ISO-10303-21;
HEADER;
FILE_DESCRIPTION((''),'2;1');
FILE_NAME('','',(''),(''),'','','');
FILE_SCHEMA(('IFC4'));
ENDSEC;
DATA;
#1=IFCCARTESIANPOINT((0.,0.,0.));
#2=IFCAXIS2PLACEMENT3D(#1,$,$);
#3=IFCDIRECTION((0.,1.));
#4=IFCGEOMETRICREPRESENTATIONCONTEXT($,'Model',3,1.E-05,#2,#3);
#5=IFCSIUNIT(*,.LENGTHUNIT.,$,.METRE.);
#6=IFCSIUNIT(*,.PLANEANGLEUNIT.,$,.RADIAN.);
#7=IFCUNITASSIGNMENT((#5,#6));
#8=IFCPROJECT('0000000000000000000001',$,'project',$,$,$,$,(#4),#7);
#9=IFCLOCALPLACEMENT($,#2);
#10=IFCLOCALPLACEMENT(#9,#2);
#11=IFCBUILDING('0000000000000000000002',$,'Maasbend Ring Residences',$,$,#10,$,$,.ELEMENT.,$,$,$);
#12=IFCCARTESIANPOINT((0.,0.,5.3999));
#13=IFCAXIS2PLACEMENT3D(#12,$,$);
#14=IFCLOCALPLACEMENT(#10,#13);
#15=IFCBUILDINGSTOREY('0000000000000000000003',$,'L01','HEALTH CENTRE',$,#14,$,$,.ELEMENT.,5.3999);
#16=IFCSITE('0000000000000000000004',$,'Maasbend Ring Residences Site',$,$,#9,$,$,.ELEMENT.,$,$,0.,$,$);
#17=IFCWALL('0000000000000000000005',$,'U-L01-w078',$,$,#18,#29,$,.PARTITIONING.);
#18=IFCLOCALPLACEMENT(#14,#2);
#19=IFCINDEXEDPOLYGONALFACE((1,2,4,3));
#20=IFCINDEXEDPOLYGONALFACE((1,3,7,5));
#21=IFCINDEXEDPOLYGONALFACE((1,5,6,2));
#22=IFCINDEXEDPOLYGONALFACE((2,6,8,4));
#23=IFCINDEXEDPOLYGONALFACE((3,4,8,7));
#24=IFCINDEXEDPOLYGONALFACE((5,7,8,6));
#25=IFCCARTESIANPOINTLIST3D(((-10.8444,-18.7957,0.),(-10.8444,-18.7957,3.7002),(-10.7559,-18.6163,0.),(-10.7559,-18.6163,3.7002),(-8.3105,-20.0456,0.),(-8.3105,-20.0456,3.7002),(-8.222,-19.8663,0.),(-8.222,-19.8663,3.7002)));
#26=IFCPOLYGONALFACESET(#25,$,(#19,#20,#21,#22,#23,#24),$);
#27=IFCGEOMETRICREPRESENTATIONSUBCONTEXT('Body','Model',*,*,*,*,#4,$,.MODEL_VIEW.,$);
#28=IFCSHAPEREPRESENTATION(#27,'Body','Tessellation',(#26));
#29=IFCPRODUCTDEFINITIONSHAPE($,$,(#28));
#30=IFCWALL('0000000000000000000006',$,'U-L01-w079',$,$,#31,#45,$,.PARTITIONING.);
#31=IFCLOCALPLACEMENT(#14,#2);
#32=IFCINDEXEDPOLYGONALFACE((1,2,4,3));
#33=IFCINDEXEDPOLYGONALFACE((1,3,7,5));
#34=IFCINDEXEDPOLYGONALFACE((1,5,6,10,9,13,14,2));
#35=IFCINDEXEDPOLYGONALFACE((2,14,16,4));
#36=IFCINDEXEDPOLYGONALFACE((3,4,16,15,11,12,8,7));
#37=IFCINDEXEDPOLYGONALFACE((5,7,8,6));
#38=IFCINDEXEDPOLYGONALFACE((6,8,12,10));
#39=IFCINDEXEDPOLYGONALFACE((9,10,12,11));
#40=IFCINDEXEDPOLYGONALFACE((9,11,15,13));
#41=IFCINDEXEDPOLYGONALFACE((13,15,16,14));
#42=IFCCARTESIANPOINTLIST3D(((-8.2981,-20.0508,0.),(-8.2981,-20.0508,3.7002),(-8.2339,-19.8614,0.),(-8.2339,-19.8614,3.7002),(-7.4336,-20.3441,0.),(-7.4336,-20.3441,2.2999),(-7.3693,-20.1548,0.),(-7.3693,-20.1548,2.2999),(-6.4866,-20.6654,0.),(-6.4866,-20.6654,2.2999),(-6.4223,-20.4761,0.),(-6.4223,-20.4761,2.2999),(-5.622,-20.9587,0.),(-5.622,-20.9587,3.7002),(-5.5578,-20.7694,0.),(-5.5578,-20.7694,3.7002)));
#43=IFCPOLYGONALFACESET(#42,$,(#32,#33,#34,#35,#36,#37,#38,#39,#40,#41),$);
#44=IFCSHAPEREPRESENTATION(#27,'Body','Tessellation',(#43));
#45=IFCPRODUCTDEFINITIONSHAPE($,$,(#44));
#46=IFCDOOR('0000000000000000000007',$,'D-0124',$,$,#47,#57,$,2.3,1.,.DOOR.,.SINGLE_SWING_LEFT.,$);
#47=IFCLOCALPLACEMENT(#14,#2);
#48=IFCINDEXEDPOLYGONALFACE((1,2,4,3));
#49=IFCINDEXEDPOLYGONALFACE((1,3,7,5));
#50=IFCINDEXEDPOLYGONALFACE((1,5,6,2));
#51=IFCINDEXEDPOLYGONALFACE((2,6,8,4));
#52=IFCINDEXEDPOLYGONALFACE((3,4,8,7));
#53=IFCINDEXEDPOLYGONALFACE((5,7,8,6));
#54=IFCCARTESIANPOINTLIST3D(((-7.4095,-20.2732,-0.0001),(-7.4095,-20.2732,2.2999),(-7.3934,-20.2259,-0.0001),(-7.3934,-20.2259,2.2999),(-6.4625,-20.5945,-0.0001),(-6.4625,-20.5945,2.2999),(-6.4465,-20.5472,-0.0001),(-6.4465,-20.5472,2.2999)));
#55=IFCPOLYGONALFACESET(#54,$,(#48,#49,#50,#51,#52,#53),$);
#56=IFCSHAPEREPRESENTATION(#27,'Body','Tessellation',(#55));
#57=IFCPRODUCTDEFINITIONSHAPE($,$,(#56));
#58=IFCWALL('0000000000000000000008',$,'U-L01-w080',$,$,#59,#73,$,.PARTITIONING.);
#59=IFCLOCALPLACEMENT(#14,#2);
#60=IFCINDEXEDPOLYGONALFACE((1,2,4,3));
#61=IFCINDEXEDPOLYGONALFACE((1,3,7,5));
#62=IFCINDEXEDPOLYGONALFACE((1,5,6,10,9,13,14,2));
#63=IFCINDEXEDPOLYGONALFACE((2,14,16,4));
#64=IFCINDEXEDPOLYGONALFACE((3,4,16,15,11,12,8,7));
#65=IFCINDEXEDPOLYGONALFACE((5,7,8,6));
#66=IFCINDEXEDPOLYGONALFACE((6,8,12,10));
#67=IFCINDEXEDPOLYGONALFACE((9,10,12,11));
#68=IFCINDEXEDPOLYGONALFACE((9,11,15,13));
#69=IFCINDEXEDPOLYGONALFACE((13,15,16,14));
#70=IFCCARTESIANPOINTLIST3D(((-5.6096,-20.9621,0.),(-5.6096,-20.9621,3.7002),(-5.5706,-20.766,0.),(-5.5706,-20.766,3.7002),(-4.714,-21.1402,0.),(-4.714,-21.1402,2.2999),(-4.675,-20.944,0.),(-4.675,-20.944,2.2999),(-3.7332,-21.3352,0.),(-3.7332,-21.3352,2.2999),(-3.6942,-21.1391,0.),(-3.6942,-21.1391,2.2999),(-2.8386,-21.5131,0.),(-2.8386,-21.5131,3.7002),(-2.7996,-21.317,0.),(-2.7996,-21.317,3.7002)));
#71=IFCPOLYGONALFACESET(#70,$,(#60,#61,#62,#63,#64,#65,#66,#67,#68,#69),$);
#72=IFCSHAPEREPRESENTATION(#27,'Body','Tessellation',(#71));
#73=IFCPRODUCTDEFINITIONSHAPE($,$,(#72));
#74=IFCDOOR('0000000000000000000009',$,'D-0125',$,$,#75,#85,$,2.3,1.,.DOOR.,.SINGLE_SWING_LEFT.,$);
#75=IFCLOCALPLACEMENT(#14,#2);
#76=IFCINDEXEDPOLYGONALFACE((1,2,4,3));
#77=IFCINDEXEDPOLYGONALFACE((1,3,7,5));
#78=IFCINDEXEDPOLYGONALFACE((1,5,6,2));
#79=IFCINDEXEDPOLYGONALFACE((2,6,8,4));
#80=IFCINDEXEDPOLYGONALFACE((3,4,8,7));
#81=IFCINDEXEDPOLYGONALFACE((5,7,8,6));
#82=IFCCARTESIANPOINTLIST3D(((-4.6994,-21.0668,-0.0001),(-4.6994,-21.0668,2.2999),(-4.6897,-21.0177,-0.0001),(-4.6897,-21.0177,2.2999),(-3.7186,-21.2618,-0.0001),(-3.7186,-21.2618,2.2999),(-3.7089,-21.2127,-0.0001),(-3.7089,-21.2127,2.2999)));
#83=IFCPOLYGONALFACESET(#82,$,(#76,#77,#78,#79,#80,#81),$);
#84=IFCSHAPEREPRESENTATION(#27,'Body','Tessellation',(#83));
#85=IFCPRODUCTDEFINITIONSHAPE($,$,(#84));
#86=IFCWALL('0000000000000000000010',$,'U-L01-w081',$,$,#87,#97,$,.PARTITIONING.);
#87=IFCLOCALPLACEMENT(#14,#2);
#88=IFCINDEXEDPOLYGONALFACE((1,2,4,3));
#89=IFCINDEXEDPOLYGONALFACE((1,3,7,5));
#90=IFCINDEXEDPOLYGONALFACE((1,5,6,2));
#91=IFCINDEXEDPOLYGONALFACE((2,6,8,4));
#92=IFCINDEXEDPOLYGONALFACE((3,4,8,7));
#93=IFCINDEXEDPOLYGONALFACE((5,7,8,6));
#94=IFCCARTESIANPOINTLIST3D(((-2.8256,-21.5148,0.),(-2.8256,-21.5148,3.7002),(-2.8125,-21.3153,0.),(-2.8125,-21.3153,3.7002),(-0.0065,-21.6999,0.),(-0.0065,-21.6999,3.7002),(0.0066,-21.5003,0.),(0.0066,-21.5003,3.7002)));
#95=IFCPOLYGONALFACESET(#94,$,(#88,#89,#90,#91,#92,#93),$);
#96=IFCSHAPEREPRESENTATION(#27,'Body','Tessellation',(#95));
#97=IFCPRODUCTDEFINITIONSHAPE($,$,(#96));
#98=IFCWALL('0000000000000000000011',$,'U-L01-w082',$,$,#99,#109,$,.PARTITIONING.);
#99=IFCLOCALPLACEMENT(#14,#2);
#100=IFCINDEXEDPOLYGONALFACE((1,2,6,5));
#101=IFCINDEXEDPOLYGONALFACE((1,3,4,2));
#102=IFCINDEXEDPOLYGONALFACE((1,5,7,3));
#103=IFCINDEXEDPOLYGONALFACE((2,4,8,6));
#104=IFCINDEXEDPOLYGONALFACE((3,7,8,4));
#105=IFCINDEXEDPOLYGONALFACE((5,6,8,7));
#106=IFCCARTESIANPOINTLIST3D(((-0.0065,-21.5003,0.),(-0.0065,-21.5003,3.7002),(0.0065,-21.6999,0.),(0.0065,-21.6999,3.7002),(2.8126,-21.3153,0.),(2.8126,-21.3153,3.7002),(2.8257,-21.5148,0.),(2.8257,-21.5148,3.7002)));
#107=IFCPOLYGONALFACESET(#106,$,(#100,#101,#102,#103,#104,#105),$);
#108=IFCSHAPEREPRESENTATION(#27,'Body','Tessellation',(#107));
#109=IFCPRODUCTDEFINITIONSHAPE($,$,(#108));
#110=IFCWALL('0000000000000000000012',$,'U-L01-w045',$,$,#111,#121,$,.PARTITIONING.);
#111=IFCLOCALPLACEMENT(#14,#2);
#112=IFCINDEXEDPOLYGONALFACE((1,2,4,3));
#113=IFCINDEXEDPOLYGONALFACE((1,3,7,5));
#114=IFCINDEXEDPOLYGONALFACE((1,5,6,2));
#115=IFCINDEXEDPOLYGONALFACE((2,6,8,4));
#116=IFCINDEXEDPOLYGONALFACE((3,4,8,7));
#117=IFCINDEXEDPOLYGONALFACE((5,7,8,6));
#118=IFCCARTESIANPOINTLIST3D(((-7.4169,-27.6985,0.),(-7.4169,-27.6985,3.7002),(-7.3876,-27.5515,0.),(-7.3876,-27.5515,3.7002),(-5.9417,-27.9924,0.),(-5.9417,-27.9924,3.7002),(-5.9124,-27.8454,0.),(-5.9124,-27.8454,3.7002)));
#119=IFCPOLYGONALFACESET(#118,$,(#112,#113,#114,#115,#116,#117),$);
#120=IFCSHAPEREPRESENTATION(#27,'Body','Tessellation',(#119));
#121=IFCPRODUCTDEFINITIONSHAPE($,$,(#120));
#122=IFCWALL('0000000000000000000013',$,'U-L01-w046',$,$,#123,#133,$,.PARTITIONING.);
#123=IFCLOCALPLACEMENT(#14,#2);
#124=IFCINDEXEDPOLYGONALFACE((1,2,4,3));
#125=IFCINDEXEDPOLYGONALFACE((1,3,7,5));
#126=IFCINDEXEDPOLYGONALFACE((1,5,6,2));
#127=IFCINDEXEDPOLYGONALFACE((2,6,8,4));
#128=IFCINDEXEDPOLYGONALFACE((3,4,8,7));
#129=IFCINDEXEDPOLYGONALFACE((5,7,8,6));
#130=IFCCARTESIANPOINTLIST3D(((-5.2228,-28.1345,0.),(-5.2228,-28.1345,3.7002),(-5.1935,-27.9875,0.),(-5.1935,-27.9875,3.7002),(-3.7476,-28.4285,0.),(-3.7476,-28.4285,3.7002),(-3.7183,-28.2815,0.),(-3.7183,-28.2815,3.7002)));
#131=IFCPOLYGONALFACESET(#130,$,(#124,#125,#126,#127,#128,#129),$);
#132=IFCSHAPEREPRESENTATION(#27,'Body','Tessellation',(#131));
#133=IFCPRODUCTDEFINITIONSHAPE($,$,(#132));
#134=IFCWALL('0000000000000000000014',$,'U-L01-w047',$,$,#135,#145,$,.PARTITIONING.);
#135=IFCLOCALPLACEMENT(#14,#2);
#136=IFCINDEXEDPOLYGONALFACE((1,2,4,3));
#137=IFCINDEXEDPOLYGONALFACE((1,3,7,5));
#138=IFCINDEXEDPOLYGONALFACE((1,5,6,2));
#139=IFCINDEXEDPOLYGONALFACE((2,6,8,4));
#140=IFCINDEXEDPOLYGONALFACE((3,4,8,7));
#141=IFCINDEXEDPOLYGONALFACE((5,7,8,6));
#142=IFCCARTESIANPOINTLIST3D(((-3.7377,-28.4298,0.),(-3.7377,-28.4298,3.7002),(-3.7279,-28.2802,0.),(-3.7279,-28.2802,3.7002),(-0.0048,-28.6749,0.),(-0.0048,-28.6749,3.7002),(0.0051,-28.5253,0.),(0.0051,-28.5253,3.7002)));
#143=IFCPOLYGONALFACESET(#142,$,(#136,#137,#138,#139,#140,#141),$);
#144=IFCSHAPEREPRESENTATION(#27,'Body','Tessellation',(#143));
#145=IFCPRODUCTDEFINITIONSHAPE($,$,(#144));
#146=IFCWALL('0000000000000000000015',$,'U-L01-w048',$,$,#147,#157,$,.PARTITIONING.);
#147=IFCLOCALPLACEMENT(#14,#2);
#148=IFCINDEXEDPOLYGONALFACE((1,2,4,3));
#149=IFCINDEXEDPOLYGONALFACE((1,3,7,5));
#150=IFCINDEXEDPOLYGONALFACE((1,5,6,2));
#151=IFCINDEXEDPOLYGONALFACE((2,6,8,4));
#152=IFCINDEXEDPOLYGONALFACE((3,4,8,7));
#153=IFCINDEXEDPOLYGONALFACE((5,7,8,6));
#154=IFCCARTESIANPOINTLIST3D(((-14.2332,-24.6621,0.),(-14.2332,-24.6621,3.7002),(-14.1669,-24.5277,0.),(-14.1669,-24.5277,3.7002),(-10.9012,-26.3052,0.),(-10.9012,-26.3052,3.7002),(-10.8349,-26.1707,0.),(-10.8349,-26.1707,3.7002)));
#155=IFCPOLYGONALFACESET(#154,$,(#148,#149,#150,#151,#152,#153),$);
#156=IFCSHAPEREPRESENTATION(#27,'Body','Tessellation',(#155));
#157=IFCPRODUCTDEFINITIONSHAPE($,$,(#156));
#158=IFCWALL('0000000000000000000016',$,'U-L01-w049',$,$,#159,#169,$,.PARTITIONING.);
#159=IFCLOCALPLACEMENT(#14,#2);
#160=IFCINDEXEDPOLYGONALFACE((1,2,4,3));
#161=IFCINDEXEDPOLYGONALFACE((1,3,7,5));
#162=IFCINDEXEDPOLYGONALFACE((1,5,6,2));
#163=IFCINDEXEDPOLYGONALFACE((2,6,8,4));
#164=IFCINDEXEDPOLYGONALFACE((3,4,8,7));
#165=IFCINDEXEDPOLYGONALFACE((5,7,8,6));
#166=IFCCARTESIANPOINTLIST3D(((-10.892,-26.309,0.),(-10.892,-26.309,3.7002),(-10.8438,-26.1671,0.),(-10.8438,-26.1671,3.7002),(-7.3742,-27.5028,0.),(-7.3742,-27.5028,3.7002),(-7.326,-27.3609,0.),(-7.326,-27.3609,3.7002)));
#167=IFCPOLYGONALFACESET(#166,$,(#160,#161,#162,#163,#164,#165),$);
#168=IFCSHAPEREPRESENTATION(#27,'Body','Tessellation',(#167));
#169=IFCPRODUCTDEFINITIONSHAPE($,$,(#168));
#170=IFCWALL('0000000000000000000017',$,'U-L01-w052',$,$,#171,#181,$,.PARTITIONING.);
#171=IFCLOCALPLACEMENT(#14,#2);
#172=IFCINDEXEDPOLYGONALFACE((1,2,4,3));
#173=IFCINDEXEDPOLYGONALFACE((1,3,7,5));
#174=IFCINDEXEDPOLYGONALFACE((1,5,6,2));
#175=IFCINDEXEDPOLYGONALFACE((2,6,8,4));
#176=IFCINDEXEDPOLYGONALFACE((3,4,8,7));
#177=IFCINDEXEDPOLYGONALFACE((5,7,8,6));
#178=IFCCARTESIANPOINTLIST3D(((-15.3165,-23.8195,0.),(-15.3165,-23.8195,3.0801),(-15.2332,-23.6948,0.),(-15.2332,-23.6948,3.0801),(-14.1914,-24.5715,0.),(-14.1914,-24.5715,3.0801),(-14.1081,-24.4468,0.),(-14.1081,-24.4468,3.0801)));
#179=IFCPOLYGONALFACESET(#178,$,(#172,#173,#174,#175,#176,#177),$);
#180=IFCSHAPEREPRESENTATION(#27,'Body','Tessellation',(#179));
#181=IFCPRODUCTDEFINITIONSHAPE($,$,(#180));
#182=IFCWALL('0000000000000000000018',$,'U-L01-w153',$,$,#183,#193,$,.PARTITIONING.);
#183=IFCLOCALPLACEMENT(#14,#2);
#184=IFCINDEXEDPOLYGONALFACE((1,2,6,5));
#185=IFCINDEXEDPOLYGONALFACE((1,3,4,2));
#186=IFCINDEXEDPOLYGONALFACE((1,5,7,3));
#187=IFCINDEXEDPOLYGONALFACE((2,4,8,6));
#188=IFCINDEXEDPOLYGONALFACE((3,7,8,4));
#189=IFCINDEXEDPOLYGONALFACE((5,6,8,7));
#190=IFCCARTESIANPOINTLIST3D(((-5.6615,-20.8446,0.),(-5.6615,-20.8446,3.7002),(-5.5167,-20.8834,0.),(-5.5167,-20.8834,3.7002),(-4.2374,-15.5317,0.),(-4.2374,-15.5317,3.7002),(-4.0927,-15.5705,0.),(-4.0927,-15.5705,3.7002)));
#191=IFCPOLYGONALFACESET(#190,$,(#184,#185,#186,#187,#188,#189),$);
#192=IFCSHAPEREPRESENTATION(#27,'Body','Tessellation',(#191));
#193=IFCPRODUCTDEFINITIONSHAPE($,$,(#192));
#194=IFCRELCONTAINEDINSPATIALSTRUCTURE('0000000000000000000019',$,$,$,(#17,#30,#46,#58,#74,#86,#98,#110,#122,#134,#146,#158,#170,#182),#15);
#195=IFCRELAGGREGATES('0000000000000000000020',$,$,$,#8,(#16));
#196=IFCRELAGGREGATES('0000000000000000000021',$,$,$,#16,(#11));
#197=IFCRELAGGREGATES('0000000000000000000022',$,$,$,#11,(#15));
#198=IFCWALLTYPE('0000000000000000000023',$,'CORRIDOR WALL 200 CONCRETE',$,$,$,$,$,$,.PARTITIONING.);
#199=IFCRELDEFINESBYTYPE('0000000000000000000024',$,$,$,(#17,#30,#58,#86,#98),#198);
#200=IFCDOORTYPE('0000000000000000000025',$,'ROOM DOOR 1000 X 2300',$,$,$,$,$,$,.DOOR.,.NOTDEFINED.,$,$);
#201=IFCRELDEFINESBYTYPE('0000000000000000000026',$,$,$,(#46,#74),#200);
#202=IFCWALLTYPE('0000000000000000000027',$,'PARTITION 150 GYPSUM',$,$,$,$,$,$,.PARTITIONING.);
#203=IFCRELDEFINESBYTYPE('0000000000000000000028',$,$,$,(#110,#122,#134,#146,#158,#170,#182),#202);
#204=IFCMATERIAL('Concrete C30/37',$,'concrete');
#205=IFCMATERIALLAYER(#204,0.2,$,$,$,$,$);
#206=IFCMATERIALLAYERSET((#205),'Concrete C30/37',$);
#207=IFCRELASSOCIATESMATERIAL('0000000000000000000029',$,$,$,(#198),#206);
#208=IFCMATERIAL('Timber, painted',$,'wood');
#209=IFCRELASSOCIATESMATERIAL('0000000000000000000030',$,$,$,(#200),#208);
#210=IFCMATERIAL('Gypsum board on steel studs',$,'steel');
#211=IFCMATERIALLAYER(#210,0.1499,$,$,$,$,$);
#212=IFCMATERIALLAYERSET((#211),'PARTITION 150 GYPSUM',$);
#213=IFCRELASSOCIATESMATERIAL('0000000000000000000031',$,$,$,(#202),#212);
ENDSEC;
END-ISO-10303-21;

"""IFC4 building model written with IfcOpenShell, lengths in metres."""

from ifc_helpers import new_model, si_unit, direction, frame, frame_2d, origin, place, context, subcontext, project, spatial, rectangle, extrude, material, layer, layer_set, type_object, element, fill, save


model = new_model("IFC4")

# Units and contexts
model_context = context("Model", 3, precision=1e-05, world=origin(), true_north=direction((0.0, 1.0)))
body_context = subcontext(model_context, "Body", "Model", "MODEL_VIEW")
ifc_project = project(units=[si_unit("LENGTHUNIT", "METRE"), si_unit("PLANEANGLEUNIT", "RADIAN")], contexts=[model_context])

# Site, building, storey
site_placement = place(None, origin())
site = spatial("IfcSite", under=ifc_project, at=site_placement, Name="Maasbend Ring Residences Site", CompositionType="ELEMENT", RefElevation=0.0)
building_placement = place(site_placement, origin())
building = spatial("IfcBuilding", under=site, at=building_placement, Name="Maasbend Ring Residences", CompositionType="ELEMENT")
storey_placement = place(building_placement, frame((0.0, 0.0, 5.3999)))
storey = spatial("IfcBuildingStorey", under=building, at=storey_placement, Name="L01", Description="HEALTH CENTRE", CompositionType="ELEMENT", Elevation=5.3999)

# Shared definitions
ifc_material_1 = material(Name="Concrete C30/37", Category="concrete")
ifc_layer_1 = layer(ifc_material_1, 0.2)
ifc_layer_set_1 = layer_set([ifc_layer_1], Name="Concrete C30/37")
wall_type_1 = type_object("IfcWallType", Name="CORRIDOR WALL 200 CONCRETE", PredefinedType="PARTITIONING", material=ifc_layer_set_1)
ifc_material_2 = material(Name="Timber, painted", Category="wood")
door_type = type_object("IfcDoorType", Name="ROOM DOOR 1000 X 2300", OperationType="NOTDEFINED", PredefinedType="DOOR", material=ifc_material_2)

# Wall
wall_1_placement = place(storey_placement, frame((-10.8, -18.7061, 0.0), z_axis=(0.0, 0.0, 1.0), x_axis=(0.896816, -0.442403, 0.0)))
element("IfcWall", 1, at=wall_1_placement, inside=storey, type_object=wall_type_1, Name="U-L01-w078", PredefinedType="PARTITIONING", context=body_context, shape_type="SweptSolid", body=[
    extrude(rectangle(XDim=2.8254, YDim=0.2, at=frame_2d((1.4126, 0.0))), origin(), (0.0, 0.0, 1.0), 3.7002),
])

# Walls, openings, doors
wall_2_placement = place(storey_placement, frame((-8.2661, -19.9561, 0.0), z_axis=(0.0, 0.0, 1.0), x_axis=(0.946976, -0.321303, 0.0)))
wall_2 = element("IfcWall", 2, at=wall_2_placement, inside=storey, type_object=wall_type_1, Name="U-L01-w079", PredefinedType="PARTITIONING", context=body_context, shape_type="SweptSolid", body=[
    extrude(rectangle(XDim=2.8259, YDim=0.2, at=frame_2d((1.4131, 0.0))), origin(), (0.0, 0.0, 1.0), 3.7002),
])
opening_1_placement = place(wall_2_placement, frame((0.9131, 0.0, 0.0)))
opening_1 = element("IfcOpeningElement", 3, at=opening_1_placement, cuts=wall_2, PredefinedType="OPENING", context=body_context, shape_type="SweptSolid", body=[
    extrude(rectangle(XDim=1.0, YDim=2.3, at=frame_2d((0.5, 1.1499))), frame((0.0, 0.1099, 0.0), z_axis=(0.0, -1.0, 0.0), x_axis=(1.0, 0.0, 0.0)), (0.0, 0.0, 1.0), 0.22),
])
door_1_placement = place(opening_1_placement, origin())
door_1 = element("IfcDoor", 4, at=door_1_placement, inside=storey, type_object=door_type, Name="D-0124", OperationType="SINGLE_SWING_LEFT", OverallHeight=2.3, OverallWidth=1.0, PredefinedType="DOOR", context=body_context, shape_type="SweptSolid", body=[
    extrude(rectangle(XDim=1.0, YDim=2.3, at=frame_2d((0.5, 1.1499))), frame((0.0, 0.0249, 0.0), z_axis=(0.0, -1.0, 0.0), x_axis=(1.0, 0.0, 0.0)), (0.0, 0.0, 1.0), 0.05),
])
fill(opening_1, door_1)
wall_3_placement = place(storey_placement, frame((-5.5901, -20.864, 0.0), z_axis=(0.0, 0.0, 1.0), x_axis=(0.980796, -0.195036, 0.0)))
wall_3 = element("IfcWall", 5, at=wall_3_placement, inside=storey, type_object=wall_type_1, Name="U-L01-w080", PredefinedType="PARTITIONING", context=body_context, shape_type="SweptSolid", body=[
    extrude(rectangle(XDim=2.8252, YDim=0.2, at=frame_2d((1.4126, 0.0))), origin(), (0.0, 0.0, 1.0), 3.7002),
])
opening_2_placement = place(wall_3_placement, frame((0.9131, 0.0, 0.0)))
opening_2 = element("IfcOpeningElement", 6, at=opening_2_placement, cuts=wall_3, PredefinedType="OPENING", context=body_context, shape_type="SweptSolid", body=[
    extrude(rectangle(XDim=1.0, YDim=2.3, at=frame_2d((0.5, 1.1499))), frame((0.0, 0.1099, 0.0), z_axis=(0.0, -1.0, 0.0), x_axis=(1.0, 0.0, 0.0)), (0.0, 0.0, 1.0), 0.22),
])
door_2_placement = place(opening_2_placement, origin())
door_2 = element("IfcDoor", 7, at=door_2_placement, inside=storey, type_object=door_type, Name="D-0125", OperationType="SINGLE_SWING_LEFT", OverallHeight=2.3, OverallWidth=1.0, PredefinedType="DOOR", context=body_context, shape_type="SweptSolid", body=[
    extrude(rectangle(XDim=1.0, YDim=2.3, at=frame_2d((0.5, 1.1499))), frame((0.0, 0.0249, 0.0), z_axis=(0.0, -1.0, 0.0), x_axis=(1.0, 0.0, 0.0)), (0.0, 0.0, 1.0), 0.05),
])
fill(opening_2, door_2)

# Walls
for number, where, z_axis, x_axis, name in (
    (8, (-2.8191, -21.415, 0.0), (0.0, 0.0, 1.0), (0.997852, -0.065504, 0.0), "U-L01-w081"),
    (9, (0.0, -21.6001, 0.0), (0.0, 0.0, 1.0), (0.997852, 0.065504, 0.0), "U-L01-w082"),
):
    element("IfcWall", number, at=place(storey_placement, frame(where, z_axis=z_axis, x_axis=x_axis)), inside=storey, type_object=wall_type_1, Name=name, PredefinedType="PARTITIONING", context=body_context, shape_type="SweptSolid", body=[
        extrude(rectangle(XDim=2.8252, YDim=0.2, at=frame_2d((1.4126, 0.0))), origin(), (0.0, 0.0, 1.0), 3.7002),
    ])
ifc_material_3 = material(Name="Gypsum board on steel studs", Category="steel")
ifc_layer_2 = layer(ifc_material_3, 0.1499)
ifc_layer_set_2 = layer_set([ifc_layer_2], Name="PARTITION 150 GYPSUM")
wall_type_2 = type_object("IfcWallType", Name="PARTITION 150 GYPSUM", PredefinedType="PARTITIONING", material=ifc_layer_set_2)
for number, where, z_axis, x_axis, name in (
    (10, (-7.4021, -27.625, 0.0), (0.0, 0.0, 1.0), (0.980718, -0.195429, 0.0), "U-L01-w045"),
    (11, (-5.208, -28.061, 0.0), (0.0, 0.0, 1.0), (0.980718, -0.195429, 0.0), "U-L01-w046"),
):
    element("IfcWall", number, at=place(storey_placement, frame(where, z_axis=z_axis, x_axis=x_axis)), inside=storey, type_object=wall_type_2, Name=name, PredefinedType="PARTITIONING", context=body_context, shape_type="SweptSolid", body=[
        extrude(rectangle(XDim=1.5042, YDim=0.1499, at=frame_2d((0.752, 0.0))), origin(), (0.0, 0.0, 1.0), 3.7002),
    ])
wall_4_placement = place(storey_placement, frame((-3.7329, -28.355, 0.0), z_axis=(0.0, 0.0, 1.0), x_axis=(0.997851, -0.065523, 0.0)))
element("IfcWall", 12, at=wall_4_placement, inside=storey, type_object=wall_type_2, Name="U-L01-w047", PredefinedType="PARTITIONING", context=body_context, shape_type="SweptSolid", body=[
    extrude(rectangle(XDim=3.741, YDim=0.1499, at=frame_2d((1.8706, 0.0))), origin(), (0.0, 0.0, 1.0), 3.7002),
])
wall_5_placement = place(storey_placement, frame((-14.2, -24.595, 0.0), z_axis=(0.0, 0.0, 1.0), x_axis=(0.896884, -0.442265, 0.0)))
element("IfcWall", 13, at=wall_5_placement, inside=storey, type_object=wall_type_2, Name="U-L01-w048", PredefinedType="PARTITIONING", context=body_context, shape_type="SweptSolid", body=[
    extrude(rectangle(XDim=3.7151, YDim=0.1499, at=frame_2d((1.8574, 0.0))), origin(), (0.0, 0.0, 1.0), 3.7002),
])
wall_6_placement = place(storey_placement, frame((-10.8679, -26.238, 0.0), z_axis=(0.0, 0.0, 1.0), x_axis=(0.946954, -0.321369, 0.0)))
element("IfcWall", 14, at=wall_6_placement, inside=storey, type_object=wall_type_2, Name="U-L01-w049", PredefinedType="PARTITIONING", context=body_context, shape_type="SweptSolid", body=[
    extrude(rectangle(XDim=3.7148, YDim=0.1499, at=frame_2d((1.8574, 0.0))), origin(), (0.0, 0.0, 1.0), 3.7002),
])
wall_7_placement = place(storey_placement, frame((-15.2749, -23.7571, 0.0), z_axis=(0.0, 0.0, 1.0), x_axis=(0.831384, -0.555699, 0.0)))
element("IfcWall", 15, at=wall_7_placement, inside=storey, type_object=wall_type_2, Name="U-L01-w052", PredefinedType="PARTITIONING", context=body_context, shape_type="SweptSolid", body=[
    extrude(rectangle(XDim=1.3533, YDim=0.1499, at=frame_2d((0.6768, 0.0))), origin(), (0.0, 0.0, 1.0), 3.0801),
])
wall_8_placement = place(storey_placement, frame((-5.5891, -20.864, 0.0), z_axis=(0.0, 0.0, 1.0), x_axis=(0.258897, 0.965905, 0.0)))
element("IfcWall", 16, at=wall_8_placement, inside=storey, type_object=wall_type_2, Name="U-L01-w153", PredefinedType="PARTITIONING", context=body_context, shape_type="SweptSolid", body=[
    extrude(rectangle(XDim=5.5005, YDim=0.1499, at=frame_2d((2.7502, 0.0))), origin(), (0.0, 0.0, 1.0), 3.7002),
])

save(model, "model.ifc")
